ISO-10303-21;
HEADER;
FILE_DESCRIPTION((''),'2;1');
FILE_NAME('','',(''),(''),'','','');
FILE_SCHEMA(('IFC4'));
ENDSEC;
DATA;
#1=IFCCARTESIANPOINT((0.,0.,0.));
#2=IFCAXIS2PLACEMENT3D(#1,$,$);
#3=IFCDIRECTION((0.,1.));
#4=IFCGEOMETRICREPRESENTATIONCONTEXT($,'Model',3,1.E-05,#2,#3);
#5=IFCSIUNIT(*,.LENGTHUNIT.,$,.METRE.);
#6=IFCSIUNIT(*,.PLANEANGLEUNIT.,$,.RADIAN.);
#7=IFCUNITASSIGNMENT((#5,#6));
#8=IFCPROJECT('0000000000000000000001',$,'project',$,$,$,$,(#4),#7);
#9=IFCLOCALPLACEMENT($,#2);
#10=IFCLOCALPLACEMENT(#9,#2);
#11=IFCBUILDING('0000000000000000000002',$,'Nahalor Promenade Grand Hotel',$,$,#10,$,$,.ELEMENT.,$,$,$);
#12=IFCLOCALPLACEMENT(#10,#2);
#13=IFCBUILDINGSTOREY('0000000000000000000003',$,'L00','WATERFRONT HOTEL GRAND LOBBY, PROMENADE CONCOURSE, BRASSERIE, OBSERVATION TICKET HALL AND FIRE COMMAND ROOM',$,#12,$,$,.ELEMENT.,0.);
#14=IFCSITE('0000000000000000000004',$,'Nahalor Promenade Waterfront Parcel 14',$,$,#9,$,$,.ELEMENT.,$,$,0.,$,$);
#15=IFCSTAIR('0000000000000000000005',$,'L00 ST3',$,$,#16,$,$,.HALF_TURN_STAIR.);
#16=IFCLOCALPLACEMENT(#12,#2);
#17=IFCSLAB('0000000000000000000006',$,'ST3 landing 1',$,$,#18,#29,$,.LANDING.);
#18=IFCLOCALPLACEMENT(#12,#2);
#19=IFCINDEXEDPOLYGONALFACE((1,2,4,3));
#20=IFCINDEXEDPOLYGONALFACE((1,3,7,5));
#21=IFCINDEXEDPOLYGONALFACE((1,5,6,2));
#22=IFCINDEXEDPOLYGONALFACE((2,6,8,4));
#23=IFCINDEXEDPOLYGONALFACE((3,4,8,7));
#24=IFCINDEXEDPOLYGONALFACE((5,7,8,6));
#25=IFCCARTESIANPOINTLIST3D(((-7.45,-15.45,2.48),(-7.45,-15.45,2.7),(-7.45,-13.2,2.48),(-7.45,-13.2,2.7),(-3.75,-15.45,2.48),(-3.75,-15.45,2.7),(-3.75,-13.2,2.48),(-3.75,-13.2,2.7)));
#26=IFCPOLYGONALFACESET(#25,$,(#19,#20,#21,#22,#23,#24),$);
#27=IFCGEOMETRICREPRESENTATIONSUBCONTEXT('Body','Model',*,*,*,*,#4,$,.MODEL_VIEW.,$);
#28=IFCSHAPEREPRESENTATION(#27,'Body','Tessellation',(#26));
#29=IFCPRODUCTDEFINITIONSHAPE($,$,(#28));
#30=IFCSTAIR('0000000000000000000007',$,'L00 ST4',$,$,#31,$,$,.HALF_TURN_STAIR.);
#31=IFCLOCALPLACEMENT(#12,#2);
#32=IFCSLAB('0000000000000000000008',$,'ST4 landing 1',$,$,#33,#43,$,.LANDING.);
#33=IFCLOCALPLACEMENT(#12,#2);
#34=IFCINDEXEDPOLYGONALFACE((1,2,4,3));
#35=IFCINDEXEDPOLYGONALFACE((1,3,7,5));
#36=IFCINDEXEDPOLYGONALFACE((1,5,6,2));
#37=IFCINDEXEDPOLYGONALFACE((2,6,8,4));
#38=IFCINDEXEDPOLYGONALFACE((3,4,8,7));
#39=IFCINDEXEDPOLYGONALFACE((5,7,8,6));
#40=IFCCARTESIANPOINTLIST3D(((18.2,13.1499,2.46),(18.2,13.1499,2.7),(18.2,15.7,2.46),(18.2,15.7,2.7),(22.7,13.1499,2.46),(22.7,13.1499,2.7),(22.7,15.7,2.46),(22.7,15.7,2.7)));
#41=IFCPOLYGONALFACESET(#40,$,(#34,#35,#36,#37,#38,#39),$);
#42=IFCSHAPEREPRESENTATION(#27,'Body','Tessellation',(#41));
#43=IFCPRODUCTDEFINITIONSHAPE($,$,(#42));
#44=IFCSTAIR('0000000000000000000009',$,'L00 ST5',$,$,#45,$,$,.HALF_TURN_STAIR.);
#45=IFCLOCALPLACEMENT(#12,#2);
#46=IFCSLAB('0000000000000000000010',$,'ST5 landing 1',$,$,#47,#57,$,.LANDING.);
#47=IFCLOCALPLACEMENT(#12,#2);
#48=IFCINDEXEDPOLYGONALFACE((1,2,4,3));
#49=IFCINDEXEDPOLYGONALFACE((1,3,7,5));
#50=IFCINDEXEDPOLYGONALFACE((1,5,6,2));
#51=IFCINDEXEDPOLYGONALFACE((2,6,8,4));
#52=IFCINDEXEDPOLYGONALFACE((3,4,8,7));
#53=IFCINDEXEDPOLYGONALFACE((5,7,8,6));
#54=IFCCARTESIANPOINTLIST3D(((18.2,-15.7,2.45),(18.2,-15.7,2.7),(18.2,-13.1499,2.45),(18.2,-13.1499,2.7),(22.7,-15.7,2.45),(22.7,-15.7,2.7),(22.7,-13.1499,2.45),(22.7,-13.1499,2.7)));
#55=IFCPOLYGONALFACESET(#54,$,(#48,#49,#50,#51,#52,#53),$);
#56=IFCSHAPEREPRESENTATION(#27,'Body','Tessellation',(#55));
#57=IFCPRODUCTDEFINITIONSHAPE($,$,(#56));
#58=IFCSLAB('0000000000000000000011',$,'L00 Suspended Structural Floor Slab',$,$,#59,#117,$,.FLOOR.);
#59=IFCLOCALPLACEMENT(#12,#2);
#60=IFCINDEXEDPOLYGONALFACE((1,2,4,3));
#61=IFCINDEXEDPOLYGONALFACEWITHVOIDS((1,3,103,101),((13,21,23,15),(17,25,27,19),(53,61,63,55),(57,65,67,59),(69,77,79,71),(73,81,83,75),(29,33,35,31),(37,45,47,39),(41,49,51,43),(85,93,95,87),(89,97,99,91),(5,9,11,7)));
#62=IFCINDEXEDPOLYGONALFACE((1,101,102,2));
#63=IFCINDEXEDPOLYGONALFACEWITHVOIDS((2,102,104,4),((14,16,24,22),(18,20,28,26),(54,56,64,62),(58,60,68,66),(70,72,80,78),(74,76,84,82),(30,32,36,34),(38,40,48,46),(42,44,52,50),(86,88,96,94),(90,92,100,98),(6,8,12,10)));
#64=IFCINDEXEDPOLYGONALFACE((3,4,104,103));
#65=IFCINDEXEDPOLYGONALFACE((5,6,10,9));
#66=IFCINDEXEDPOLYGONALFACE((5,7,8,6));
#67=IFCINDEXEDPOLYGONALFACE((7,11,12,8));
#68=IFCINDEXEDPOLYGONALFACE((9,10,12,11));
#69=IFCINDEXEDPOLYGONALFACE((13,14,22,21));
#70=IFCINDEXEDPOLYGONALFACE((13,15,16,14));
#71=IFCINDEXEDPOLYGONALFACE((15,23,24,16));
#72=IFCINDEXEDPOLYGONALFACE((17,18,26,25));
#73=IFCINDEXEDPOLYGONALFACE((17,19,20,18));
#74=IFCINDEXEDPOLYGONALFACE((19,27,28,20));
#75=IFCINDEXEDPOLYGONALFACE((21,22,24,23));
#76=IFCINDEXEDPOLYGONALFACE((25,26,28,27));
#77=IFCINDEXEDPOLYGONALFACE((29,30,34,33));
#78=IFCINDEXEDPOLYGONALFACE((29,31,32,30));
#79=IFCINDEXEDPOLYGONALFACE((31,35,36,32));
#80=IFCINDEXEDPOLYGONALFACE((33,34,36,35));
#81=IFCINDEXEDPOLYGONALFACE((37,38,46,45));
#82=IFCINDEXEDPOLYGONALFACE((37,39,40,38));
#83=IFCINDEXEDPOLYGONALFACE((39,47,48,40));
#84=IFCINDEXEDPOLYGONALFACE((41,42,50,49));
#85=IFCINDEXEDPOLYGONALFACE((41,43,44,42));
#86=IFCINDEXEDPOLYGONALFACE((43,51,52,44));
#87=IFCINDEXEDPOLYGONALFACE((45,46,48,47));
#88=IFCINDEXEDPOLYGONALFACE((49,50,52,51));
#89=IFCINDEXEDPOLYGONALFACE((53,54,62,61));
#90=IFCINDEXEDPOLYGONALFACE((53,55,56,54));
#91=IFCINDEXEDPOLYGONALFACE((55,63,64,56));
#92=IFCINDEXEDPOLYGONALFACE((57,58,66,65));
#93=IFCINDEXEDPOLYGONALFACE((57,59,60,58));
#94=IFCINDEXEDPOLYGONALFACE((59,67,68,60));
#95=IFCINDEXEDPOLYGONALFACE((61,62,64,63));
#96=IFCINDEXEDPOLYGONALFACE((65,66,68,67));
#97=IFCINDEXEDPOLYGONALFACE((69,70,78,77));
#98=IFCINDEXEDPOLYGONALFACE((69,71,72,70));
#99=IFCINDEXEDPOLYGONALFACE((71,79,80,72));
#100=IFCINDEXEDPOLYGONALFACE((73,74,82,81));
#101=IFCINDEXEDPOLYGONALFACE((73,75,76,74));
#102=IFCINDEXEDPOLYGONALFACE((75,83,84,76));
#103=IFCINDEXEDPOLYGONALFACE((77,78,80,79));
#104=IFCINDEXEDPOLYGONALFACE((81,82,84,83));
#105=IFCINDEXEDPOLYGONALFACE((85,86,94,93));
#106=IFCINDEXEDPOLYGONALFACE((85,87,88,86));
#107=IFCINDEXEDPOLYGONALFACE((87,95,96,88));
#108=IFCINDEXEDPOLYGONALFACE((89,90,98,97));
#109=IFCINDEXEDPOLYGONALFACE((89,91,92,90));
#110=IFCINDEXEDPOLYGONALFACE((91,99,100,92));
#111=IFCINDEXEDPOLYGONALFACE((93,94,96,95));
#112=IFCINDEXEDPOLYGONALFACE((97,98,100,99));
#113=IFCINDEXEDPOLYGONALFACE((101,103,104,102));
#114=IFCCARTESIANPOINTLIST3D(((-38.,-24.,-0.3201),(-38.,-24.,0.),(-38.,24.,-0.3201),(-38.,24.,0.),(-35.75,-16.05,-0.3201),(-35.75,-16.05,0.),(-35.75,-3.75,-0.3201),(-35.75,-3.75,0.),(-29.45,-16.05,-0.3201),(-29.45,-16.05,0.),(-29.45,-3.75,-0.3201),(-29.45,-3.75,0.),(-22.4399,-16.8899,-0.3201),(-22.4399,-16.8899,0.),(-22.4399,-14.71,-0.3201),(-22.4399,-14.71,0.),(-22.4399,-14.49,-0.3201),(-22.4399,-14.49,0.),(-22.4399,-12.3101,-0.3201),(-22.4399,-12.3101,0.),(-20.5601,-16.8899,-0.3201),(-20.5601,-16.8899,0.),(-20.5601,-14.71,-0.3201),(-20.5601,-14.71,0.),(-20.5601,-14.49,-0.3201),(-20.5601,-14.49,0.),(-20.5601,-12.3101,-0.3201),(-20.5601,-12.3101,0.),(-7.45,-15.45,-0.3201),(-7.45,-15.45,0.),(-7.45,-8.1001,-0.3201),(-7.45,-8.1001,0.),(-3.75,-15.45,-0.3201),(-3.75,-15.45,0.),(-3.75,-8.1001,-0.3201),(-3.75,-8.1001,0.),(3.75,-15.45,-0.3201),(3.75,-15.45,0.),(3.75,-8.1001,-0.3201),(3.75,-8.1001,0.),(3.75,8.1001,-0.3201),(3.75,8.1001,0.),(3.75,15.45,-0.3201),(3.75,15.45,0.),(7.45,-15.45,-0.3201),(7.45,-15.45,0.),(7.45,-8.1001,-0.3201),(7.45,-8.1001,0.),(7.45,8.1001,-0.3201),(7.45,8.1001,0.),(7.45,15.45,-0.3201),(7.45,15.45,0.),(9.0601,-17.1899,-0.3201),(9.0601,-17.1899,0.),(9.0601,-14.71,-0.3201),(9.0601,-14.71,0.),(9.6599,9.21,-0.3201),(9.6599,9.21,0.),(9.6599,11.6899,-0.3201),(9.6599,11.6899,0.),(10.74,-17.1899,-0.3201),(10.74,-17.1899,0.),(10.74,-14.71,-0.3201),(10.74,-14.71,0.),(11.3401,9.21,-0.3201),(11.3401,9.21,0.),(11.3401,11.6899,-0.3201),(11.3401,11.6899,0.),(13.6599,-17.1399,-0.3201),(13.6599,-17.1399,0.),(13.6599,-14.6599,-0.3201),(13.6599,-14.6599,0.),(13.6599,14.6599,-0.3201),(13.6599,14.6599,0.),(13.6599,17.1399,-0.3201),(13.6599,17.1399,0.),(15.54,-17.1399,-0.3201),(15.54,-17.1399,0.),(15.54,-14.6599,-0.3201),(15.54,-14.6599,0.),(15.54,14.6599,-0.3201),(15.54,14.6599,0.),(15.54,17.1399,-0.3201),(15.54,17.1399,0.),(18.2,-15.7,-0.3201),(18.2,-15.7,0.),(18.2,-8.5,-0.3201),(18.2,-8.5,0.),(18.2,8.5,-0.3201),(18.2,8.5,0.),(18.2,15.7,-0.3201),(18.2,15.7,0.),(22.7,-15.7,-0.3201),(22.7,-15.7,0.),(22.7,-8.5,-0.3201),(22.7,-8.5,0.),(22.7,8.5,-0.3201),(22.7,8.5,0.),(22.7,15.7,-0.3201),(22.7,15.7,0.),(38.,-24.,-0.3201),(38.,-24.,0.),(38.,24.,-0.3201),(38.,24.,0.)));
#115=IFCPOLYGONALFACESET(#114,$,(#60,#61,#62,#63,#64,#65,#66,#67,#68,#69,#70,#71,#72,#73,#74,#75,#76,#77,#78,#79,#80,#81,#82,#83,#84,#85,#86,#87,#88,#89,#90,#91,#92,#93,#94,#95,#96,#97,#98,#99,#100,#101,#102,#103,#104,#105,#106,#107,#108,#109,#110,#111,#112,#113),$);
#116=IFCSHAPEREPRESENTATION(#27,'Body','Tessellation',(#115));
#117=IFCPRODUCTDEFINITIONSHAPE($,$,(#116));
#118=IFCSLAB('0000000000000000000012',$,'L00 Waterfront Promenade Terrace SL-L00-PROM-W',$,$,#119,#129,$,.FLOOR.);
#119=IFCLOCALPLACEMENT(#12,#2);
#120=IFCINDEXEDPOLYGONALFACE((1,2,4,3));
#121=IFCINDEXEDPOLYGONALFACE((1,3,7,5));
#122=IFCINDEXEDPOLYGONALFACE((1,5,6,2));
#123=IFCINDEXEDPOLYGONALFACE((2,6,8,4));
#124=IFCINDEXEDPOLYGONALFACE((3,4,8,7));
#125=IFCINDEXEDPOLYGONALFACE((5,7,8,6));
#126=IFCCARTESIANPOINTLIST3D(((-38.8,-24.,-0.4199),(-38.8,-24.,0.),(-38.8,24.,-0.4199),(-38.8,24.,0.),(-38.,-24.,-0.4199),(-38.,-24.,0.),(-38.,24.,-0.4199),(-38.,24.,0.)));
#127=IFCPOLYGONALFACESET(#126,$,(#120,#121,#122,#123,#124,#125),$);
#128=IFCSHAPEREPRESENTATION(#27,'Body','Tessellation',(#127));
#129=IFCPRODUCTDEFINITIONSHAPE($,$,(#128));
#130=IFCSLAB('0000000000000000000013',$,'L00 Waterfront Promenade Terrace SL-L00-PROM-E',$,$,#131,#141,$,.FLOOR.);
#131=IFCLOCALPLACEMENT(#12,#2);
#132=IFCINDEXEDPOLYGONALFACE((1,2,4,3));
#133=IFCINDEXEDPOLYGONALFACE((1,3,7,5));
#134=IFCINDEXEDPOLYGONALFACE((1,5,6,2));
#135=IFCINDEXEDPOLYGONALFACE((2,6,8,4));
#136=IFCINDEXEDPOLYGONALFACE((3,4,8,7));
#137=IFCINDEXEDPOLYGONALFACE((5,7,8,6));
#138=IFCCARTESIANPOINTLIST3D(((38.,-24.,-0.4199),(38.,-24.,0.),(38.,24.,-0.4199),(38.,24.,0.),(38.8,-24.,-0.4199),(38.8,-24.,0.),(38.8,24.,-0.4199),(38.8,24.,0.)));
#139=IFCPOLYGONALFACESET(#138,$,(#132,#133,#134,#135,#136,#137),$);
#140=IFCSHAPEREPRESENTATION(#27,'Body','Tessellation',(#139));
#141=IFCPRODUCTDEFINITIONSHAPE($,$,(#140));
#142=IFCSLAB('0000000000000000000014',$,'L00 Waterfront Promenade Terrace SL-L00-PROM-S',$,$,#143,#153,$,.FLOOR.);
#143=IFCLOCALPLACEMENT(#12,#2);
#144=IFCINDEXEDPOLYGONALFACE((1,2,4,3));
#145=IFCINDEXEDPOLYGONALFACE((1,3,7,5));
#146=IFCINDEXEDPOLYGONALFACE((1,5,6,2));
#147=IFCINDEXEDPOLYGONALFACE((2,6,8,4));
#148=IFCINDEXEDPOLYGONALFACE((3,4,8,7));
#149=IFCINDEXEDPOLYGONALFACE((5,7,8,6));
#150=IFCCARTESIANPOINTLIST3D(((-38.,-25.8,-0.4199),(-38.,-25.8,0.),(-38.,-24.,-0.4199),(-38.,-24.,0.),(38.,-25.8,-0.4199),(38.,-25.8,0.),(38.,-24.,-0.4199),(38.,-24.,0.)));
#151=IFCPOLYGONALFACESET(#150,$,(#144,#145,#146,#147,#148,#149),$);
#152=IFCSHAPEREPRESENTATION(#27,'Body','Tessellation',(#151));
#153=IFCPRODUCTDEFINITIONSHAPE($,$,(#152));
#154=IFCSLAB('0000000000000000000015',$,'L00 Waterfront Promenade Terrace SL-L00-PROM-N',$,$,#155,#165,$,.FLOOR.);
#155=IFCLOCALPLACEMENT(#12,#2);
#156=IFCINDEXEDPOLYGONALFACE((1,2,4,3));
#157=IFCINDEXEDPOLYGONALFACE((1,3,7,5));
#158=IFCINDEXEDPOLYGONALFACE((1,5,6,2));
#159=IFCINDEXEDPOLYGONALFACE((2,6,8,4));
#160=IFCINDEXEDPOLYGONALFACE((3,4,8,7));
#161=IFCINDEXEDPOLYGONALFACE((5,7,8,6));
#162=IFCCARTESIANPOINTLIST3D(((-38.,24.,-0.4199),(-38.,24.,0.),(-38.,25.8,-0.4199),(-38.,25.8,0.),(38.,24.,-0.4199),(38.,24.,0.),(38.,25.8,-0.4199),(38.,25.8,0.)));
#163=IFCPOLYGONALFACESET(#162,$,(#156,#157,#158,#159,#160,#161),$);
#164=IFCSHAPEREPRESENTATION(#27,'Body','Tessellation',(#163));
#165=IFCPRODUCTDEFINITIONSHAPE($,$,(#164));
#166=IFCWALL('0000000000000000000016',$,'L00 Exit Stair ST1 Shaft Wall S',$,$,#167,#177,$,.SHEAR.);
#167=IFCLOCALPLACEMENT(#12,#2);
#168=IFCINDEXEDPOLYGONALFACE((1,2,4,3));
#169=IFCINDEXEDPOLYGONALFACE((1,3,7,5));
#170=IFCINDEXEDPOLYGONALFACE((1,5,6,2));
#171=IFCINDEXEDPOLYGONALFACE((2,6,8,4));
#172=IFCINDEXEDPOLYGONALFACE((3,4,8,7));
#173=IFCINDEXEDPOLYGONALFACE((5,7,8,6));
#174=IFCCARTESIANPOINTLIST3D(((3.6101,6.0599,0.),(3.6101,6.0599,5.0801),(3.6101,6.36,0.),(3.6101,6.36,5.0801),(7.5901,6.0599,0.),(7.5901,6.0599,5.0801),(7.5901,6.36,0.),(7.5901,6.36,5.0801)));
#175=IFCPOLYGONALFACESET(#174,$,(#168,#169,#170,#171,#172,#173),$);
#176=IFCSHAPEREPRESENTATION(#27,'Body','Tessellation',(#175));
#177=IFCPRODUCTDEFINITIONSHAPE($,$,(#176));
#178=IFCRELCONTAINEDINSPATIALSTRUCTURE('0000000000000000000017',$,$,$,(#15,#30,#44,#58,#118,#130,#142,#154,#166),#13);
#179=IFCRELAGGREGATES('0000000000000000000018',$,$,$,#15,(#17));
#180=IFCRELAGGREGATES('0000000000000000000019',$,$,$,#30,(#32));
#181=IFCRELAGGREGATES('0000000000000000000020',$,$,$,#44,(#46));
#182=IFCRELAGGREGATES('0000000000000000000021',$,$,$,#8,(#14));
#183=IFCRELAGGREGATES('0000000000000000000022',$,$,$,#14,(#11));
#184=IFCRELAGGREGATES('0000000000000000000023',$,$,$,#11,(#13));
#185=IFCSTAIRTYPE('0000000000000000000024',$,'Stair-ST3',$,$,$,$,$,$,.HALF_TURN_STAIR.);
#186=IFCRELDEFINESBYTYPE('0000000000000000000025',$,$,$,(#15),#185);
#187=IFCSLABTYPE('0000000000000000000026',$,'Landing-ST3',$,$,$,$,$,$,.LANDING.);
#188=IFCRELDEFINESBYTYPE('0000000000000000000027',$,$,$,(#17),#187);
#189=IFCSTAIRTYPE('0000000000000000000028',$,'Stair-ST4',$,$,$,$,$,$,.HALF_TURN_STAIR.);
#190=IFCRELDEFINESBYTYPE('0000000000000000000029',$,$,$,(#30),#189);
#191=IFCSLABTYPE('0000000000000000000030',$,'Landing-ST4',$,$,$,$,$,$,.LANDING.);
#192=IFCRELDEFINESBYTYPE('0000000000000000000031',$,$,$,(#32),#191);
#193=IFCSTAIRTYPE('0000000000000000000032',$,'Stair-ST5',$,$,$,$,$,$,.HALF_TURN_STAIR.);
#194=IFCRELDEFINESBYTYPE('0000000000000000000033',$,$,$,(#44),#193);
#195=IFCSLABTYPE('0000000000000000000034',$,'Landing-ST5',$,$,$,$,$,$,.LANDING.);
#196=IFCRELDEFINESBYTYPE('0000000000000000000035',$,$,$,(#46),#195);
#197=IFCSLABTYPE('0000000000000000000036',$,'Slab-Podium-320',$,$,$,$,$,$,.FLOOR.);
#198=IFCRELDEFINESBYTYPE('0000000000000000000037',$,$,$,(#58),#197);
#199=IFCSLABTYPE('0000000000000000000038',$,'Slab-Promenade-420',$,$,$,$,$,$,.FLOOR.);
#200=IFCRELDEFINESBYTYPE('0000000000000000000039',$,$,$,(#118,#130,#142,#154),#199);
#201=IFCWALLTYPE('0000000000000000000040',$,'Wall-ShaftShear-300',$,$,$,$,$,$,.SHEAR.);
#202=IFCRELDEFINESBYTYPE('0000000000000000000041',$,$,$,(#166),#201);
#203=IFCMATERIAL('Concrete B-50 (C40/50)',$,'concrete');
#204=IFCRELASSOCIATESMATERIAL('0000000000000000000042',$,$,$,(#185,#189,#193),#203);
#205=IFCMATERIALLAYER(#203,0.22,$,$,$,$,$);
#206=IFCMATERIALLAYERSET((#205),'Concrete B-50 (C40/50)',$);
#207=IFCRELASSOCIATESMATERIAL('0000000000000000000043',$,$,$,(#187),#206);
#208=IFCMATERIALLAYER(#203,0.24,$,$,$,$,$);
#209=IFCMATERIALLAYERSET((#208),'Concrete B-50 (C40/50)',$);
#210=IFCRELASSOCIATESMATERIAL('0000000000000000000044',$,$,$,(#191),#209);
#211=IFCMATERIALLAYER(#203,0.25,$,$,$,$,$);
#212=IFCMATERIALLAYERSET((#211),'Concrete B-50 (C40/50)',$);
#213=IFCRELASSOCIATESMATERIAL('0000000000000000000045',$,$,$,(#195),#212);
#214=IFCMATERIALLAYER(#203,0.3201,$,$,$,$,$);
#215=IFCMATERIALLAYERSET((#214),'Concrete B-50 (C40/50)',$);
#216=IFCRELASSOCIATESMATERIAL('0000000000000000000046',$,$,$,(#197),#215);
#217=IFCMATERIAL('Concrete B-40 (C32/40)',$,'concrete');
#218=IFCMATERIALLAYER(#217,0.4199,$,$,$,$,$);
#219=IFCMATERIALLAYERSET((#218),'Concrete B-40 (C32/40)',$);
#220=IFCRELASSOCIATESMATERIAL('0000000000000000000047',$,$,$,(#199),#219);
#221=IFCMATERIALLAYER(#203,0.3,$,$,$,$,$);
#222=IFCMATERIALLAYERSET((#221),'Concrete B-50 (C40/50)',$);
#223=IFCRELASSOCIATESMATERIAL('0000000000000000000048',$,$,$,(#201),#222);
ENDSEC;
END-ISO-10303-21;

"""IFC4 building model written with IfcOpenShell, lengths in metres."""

from ifc_helpers import new_model, si_unit, direction, frame, frame_2d, origin, place, context, subcontext, project, spatial, polyline, rectangle, outline, extrude, source, transform, mapped, material, layer, layer_set, type_object, element, aggregate, save


model = new_model("IFC4")

# Units and contexts
model_context = context("Model", 3, precision=1e-05, world=origin(), true_north=direction((0.0, 1.0)))
body_context = subcontext(model_context, "Body", "Model", "MODEL_VIEW")
ifc_project = project(units=[si_unit("LENGTHUNIT", "METRE"), si_unit("PLANEANGLEUNIT", "RADIAN")], contexts=[model_context])

# Site, building, storey
site_placement = place(None, origin())
site = spatial("IfcSite", under=ifc_project, at=site_placement, Name="Nahalor Promenade Waterfront Parcel 14", CompositionType="ELEMENT", RefElevation=0.0)
building_placement = place(site_placement, origin())
building = spatial("IfcBuilding", under=site, at=building_placement, Name="Nahalor Promenade Grand Hotel", CompositionType="ELEMENT")
storey_placement = place(building_placement, origin())
storey = spatial("IfcBuildingStorey", under=building, at=storey_placement, Name="L00", Description="WATERFRONT HOTEL GRAND LOBBY, PROMENADE CONCOURSE, BRASSERIE, OBSERVATION TICKET HALL AND FIRE COMMAND ROOM", CompositionType="ELEMENT", Elevation=0.0)

# Stairs, slabs
ifc_material_1 = material(Name="Concrete B-50 (C40/50)", Category="concrete")
stair_type_1 = type_object("IfcStairType", Name="Stair-ST3", PredefinedType="HALF_TURN_STAIR", material=ifc_material_1)
stair_1_placement = place(storey_placement, origin())
stair_1 = element("IfcStair", 1, at=stair_1_placement, inside=storey, type_object=stair_type_1, Name="L00 ST3", PredefinedType="HALF_TURN_STAIR")
ifc_layer_1 = layer(ifc_material_1, 0.22)
ifc_layer_set_1 = layer_set([ifc_layer_1], Name="Concrete B-50 (C40/50)")
slab_type_1 = type_object("IfcSlabType", Name="Landing-ST3", PredefinedType="LANDING", material=ifc_layer_set_1)
slab_1_placement = place(storey_placement, frame((0.0, 0.0, 2.48)))
slab_1 = element("IfcSlab", 2, at=slab_1_placement, type_object=slab_type_1, Name="ST3 landing 1", PredefinedType="LANDING", context=body_context, shape_type="SweptSolid", body=[
    extrude(outline(polyline([(-7.45, -13.2), (-7.45, -15.45), (-3.75, -15.45), (-3.75, -13.2), (-7.45, -13.2)])), origin(), (0.0, 0.0, 1.0), 0.22),
])
aggregate(stair_1, [slab_1])
stair_type_2 = type_object("IfcStairType", Name="Stair-ST4", PredefinedType="HALF_TURN_STAIR", material=ifc_material_1)
stair_2_placement = place(storey_placement, origin())
stair_2 = element("IfcStair", 3, at=stair_2_placement, inside=storey, type_object=stair_type_2, Name="L00 ST4", PredefinedType="HALF_TURN_STAIR")
ifc_layer_2 = layer(ifc_material_1, 0.24)
ifc_layer_set_2 = layer_set([ifc_layer_2], Name="Concrete B-50 (C40/50)")
slab_type_2 = type_object("IfcSlabType", Name="Landing-ST4", PredefinedType="LANDING", material=ifc_layer_set_2)
slab_2_placement = place(storey_placement, frame((0.0, 0.0, 2.46)))
slab_2 = element("IfcSlab", 4, at=slab_2_placement, type_object=slab_type_2, Name="ST4 landing 1", PredefinedType="LANDING", context=body_context, shape_type="SweptSolid", body=[
    extrude(outline(polyline([(22.7, 13.1499), (22.7, 15.7), (18.2, 15.7), (18.2, 13.1499), (22.7, 13.1499)])), origin(), (0.0, 0.0, 1.0), 0.24),
])
aggregate(stair_2, [slab_2])
stair_type_3 = type_object("IfcStairType", Name="Stair-ST5", PredefinedType="HALF_TURN_STAIR", material=ifc_material_1)
stair_3_placement = place(storey_placement, origin())
stair_3 = element("IfcStair", 5, at=stair_3_placement, inside=storey, type_object=stair_type_3, Name="L00 ST5", PredefinedType="HALF_TURN_STAIR")
ifc_layer_3 = layer(ifc_material_1, 0.25)
ifc_layer_set_3 = layer_set([ifc_layer_3], Name="Concrete B-50 (C40/50)")
slab_type_3 = type_object("IfcSlabType", Name="Landing-ST5", PredefinedType="LANDING", material=ifc_layer_set_3)
slab_3_placement = place(storey_placement, frame((0.0, 0.0, 2.45)))
slab_3 = element("IfcSlab", 6, at=slab_3_placement, type_object=slab_type_3, Name="ST5 landing 1", PredefinedType="LANDING", context=body_context, shape_type="SweptSolid", body=[
    extrude(outline(polyline([(18.2, -13.1499), (18.2, -15.7), (22.7, -15.7), (22.7, -13.1499), (18.2, -13.1499)])), origin(), (0.0, 0.0, 1.0), 0.25),
])
aggregate(stair_3, [slab_3])

# Slabs
ifc_layer_4 = layer(ifc_material_1, 0.3201)
ifc_layer_set_4 = layer_set([ifc_layer_4], Name="Concrete B-50 (C40/50)")
slab_type_4 = type_object("IfcSlabType", Name="Slab-Podium-320", PredefinedType="FLOOR", material=ifc_layer_set_4)
slab_4_placement = place(storey_placement, frame((0.0, 0.0, -0.3201)))
element("IfcSlab", 7, at=slab_4_placement, inside=storey, type_object=slab_type_4, Name="L00 Suspended Structural Floor Slab", PredefinedType="FLOOR", context=body_context, shape_type="SweptSolid", body=[
    extrude(outline(polyline([(-38.0, -24.0), (38.0, -24.0), (38.0, 24.0), (-38.0, 24.0), (-38.0, -24.0)]), holes=[polyline([(3.75, 8.1001), (7.45, 8.1001), (7.45, 15.45), (3.75, 15.45), (3.75, 8.1001)]), polyline([(3.75, -15.45), (7.45, -15.45), (7.45, -8.1001), (3.75, -8.1001), (3.75, -15.45)]), polyline([(-7.45, -15.45), (-3.75, -15.45), (-3.75, -8.1001), (-7.45, -8.1001), (-7.45, -15.45)]), polyline([(18.2, 8.5), (22.7, 8.5), (22.7, 15.7), (18.2, 15.7), (18.2, 8.5)]), polyline([(18.2, -15.7), (22.7, -15.7), (22.7, -8.5), (18.2, -8.5), (18.2, -15.7)]), polyline([(9.6599, 9.21), (11.3401, 9.21), (11.3401, 11.6899), (9.6599, 11.6899), (9.6599, 9.21)]), polyline([(9.0601, -17.1899), (10.74, -17.1899), (10.74, -14.71), (9.0601, -14.71), (9.0601, -17.1899)]), polyline([(13.6599, 14.6599), (15.54, 14.6599), (15.54, 17.1399), (13.6599, 17.1399), (13.6599, 14.6599)]), polyline([(13.6599, -17.1399), (15.54, -17.1399), (15.54, -14.6599), (13.6599, -14.6599), (13.6599, -17.1399)]), polyline([(-22.4399, -16.8899), (-20.5601, -16.8899), (-20.5601, -14.71), (-22.4399, -14.71), (-22.4399, -16.8899)]), polyline([(-22.4399, -14.49), (-20.5601, -14.49), (-20.5601, -12.3101), (-22.4399, -12.3101), (-22.4399, -14.49)]), polyline([(-35.75, -16.05), (-29.45, -16.05), (-29.45, -3.75), (-35.75, -3.75), (-35.75, -16.05)])]), origin(), (0.0, 0.0, 1.0), 0.3201),
])
ifc_material_2 = material(Name="Concrete B-40 (C32/40)", Category="concrete")
ifc_layer_5 = layer(ifc_material_2, 0.4199)
ifc_layer_set_5 = layer_set([ifc_layer_5], Name="Concrete B-40 (C32/40)")
slab_type_5 = type_object("IfcSlabType", Name="Slab-Promenade-420", PredefinedType="FLOOR", material=ifc_layer_set_5)
slab_5_placement = place(storey_placement, frame((0.0, 0.0, -0.4199)))
element("IfcSlab", 8, at=slab_5_placement, inside=storey, type_object=slab_type_5, Name="L00 Waterfront Promenade Terrace SL-L00-PROM-W", PredefinedType="FLOOR", context=body_context, shape_type="SweptSolid", body=[
    extrude(outline(polyline([(-38.8, -24.0), (-38.0, -24.0), (-38.0, 24.0), (-38.8, 24.0), (-38.8, -24.0)])), origin(), (0.0, 0.0, 1.0), 0.4199),
])
slab_6_placement = place(storey_placement, frame((0.0, 0.0, -0.4199)))
element("IfcSlab", 9, at=slab_6_placement, inside=storey, type_object=slab_type_5, Name="L00 Waterfront Promenade Terrace SL-L00-PROM-E", PredefinedType="FLOOR", context=body_context, shape_type="SweptSolid", body=[
    extrude(outline(polyline([(38.0, -24.0), (38.8, -24.0), (38.8, 24.0), (38.0, 24.0), (38.0, -24.0)])), origin(), (0.0, 0.0, 1.0), 0.4199),
])
slab_7_placement = place(storey_placement, frame((0.0, 0.0, -0.4199)))
element("IfcSlab", 10, at=slab_7_placement, inside=storey, type_object=slab_type_5, Name="L00 Waterfront Promenade Terrace SL-L00-PROM-S", PredefinedType="FLOOR", context=body_context, shape_type="SweptSolid", body=[
    extrude(outline(polyline([(-38.0, -25.8), (38.0, -25.8), (38.0, -24.0), (-38.0, -24.0), (-38.0, -25.8)])), origin(), (0.0, 0.0, 1.0), 0.4199),
])
slab_8_placement = place(storey_placement, frame((0.0, 0.0, -0.4199)))
element("IfcSlab", 11, at=slab_8_placement, inside=storey, type_object=slab_type_5, Name="L00 Waterfront Promenade Terrace SL-L00-PROM-N", PredefinedType="FLOOR", context=body_context, shape_type="SweptSolid", body=[
    extrude(outline(polyline([(-38.0, 24.0), (38.0, 24.0), (38.0, 25.8), (-38.0, 25.8), (-38.0, 24.0)])), origin(), (0.0, 0.0, 1.0), 0.4199),
])

# Wall
ifc_layer_6 = layer(ifc_material_1, 0.3)
ifc_layer_set_6 = layer_set([ifc_layer_6], Name="Concrete B-50 (C40/50)")
wall_type_1 = type_object("IfcWallType", Name="Wall-ShaftShear-300", PredefinedType="SHEAR", material=ifc_layer_set_6)
shared_shape_1 = source(origin(), body_context, "Body", "SweptSolid", [
    extrude(rectangle(XDim=3.98, YDim=0.3, at=frame_2d((1.99, 0.0))), origin(), (0.0, 0.0, 1.0), 5.0801),
])
wall_1_placement = place(storey_placement, frame((3.6101, 6.21, 0.0), z_axis=(0.0, 0.0, 1.0), x_axis=(1.0, 0.0, 0.0)))
element("IfcWall", 12, at=wall_1_placement, inside=storey, type_object=wall_type_1, Name="L00 Exit Stair ST1 Shaft Wall S", PredefinedType="SHEAR", context=body_context, shape_type="MappedRepresentation", body=[
    mapped(shared_shape_1, transform((0.0, 0.0, 0.0), scale=1.0)),
])

save(model, "model.ifc")
